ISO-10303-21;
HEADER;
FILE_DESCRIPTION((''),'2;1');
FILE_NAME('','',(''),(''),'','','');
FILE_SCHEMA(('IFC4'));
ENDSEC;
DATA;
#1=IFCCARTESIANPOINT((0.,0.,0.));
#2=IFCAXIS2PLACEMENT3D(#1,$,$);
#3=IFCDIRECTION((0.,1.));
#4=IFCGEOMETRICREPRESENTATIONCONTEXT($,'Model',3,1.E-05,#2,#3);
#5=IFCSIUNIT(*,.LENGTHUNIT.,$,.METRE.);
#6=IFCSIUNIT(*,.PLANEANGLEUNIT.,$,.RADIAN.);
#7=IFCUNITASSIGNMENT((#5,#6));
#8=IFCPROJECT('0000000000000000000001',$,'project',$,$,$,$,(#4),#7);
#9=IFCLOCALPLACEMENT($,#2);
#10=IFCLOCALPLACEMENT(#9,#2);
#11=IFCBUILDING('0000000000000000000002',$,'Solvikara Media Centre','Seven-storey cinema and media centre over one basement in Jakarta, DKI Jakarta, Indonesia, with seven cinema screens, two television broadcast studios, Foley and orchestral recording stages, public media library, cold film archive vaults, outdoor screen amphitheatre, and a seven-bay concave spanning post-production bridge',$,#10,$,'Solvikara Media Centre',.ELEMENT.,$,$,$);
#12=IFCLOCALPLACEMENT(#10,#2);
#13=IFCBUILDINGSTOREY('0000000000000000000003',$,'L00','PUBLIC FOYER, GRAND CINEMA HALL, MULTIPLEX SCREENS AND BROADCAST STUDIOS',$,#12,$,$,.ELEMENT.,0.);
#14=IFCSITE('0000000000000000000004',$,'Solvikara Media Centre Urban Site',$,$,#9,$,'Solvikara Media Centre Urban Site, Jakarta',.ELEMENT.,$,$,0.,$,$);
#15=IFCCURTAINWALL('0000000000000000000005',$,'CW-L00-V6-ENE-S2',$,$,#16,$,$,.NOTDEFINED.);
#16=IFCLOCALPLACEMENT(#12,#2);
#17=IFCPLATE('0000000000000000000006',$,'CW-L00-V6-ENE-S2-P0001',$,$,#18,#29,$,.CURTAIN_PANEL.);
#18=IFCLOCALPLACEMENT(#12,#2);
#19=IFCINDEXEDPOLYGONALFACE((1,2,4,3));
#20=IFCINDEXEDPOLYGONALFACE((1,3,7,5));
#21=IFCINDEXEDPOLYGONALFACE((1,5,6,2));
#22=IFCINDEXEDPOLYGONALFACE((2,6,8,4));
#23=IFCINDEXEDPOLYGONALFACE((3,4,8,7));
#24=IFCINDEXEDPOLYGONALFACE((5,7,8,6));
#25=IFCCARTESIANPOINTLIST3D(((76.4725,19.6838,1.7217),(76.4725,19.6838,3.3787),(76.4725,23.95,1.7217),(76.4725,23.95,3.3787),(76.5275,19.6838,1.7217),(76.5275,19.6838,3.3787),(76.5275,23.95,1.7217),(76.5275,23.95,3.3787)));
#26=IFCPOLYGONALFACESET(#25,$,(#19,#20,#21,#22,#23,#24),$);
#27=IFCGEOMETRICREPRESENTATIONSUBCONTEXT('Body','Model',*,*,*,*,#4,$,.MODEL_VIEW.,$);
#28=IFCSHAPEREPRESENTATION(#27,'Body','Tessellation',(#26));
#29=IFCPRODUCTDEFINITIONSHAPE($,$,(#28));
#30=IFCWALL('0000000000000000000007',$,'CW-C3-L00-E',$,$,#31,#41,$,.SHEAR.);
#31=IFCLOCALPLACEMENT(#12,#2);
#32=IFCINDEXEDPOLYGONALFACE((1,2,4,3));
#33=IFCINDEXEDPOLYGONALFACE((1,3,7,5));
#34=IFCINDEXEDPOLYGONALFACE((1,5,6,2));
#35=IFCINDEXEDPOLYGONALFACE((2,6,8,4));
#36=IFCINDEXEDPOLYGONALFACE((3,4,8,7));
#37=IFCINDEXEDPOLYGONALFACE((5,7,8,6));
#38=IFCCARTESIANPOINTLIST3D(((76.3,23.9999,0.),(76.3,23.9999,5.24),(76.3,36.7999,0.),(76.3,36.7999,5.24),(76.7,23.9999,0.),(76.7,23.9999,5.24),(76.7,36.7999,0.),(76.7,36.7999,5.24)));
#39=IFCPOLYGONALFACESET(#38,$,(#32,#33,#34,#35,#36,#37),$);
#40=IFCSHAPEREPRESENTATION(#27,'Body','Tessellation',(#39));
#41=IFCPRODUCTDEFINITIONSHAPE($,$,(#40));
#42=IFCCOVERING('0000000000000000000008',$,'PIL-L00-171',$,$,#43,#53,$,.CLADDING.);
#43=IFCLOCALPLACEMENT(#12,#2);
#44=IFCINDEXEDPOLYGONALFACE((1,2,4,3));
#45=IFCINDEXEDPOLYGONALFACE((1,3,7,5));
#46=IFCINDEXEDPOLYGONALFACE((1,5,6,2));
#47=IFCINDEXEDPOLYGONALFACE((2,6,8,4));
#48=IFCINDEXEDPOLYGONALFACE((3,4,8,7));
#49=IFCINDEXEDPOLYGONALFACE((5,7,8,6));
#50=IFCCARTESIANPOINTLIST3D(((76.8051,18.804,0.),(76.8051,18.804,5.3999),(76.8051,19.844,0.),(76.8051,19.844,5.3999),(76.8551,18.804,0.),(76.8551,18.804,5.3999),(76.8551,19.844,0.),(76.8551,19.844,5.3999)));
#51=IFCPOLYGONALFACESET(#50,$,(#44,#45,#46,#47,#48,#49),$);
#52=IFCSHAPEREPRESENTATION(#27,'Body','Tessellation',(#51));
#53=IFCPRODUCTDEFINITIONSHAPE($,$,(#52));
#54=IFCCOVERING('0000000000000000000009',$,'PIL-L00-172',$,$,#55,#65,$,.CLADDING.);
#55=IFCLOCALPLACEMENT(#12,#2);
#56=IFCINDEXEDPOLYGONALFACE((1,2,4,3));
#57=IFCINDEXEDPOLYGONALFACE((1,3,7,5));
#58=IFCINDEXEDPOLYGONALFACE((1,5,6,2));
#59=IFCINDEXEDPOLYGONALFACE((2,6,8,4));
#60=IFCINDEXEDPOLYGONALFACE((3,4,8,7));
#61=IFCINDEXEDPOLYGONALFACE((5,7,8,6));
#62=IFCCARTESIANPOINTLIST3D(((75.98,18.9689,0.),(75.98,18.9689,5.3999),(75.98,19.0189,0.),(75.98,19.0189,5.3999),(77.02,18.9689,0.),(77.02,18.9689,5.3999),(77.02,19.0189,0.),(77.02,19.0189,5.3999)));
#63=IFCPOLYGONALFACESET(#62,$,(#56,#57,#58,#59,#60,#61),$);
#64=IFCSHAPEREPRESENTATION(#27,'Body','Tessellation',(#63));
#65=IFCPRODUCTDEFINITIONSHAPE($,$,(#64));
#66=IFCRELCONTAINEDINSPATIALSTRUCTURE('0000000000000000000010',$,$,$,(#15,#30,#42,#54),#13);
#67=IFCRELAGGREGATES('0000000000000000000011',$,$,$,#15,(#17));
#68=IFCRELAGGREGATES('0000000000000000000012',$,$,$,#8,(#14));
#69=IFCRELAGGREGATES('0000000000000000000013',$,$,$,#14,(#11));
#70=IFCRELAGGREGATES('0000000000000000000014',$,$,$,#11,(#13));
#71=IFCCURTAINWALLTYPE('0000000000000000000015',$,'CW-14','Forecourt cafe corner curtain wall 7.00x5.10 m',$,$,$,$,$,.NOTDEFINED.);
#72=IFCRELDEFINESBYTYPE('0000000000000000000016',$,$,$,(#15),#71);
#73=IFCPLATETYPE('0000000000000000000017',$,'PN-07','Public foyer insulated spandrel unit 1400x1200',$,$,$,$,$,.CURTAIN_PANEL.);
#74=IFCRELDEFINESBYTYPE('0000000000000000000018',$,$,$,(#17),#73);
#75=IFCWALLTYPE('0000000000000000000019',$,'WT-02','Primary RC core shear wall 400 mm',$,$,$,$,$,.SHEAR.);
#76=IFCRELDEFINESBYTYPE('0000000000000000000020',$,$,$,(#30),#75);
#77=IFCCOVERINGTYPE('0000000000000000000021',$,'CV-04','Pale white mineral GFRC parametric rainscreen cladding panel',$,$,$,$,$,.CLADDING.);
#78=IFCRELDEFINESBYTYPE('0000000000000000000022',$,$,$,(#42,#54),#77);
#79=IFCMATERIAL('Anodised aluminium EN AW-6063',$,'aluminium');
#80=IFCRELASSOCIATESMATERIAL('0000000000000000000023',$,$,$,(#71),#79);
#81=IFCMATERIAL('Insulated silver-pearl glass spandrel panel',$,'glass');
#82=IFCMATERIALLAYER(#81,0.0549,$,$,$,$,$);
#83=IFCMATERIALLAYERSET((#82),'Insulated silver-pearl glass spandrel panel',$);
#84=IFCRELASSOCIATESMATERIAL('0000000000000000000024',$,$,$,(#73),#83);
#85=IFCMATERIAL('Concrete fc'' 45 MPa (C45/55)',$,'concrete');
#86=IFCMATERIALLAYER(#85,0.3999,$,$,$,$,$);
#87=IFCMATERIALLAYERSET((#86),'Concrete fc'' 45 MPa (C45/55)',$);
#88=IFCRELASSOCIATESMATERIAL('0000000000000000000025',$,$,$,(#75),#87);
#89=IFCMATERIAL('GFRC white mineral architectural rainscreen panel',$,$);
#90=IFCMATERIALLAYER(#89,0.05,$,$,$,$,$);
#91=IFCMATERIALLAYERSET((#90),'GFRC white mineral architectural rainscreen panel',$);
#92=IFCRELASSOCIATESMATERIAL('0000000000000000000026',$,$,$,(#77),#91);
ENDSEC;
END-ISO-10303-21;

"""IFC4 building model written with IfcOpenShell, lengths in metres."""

from ifc_helpers import new_model, si_unit, direction, frame, frame_2d, origin, origin_2d, place, context, subcontext, project, spatial, rectangle, extrude, material, layer, layer_set, type_object, element, aggregate, save


model = new_model("IFC4")

# Units and contexts
model_context = context("Model", 3, precision=1e-05, world=origin(), true_north=direction((0.0, 1.0)))
body_context = subcontext(model_context, "Body", "Model", "MODEL_VIEW")
ifc_project = project(units=[si_unit("LENGTHUNIT", "METRE"), si_unit("PLANEANGLEUNIT", "RADIAN")], contexts=[model_context])

# Site, building, storey
site_placement = place(None, origin())
site = spatial("IfcSite", under=ifc_project, at=site_placement, Name="Solvikara Media Centre Urban Site", LongName="Solvikara Media Centre Urban Site, Jakarta", CompositionType="ELEMENT", RefElevation=0.0)
building_placement = place(site_placement, origin())
building = spatial("IfcBuilding", under=site, at=building_placement, Name="Solvikara Media Centre", Description="Seven-storey cinema and media centre over one basement in Jakarta, DKI Jakarta, Indonesia, with seven cinema screens, two television broadcast studios, Foley and orchestral recording stages, public media library, cold film archive vaults, outdoor screen amphitheatre, and a seven-bay concave spanning post-production bridge", LongName="Solvikara Media Centre", CompositionType="ELEMENT")
storey_placement = place(building_placement, origin())
storey = spatial("IfcBuildingStorey", under=building, at=storey_placement, Name="L00", Description="PUBLIC FOYER, GRAND CINEMA HALL, MULTIPLEX SCREENS AND BROADCAST STUDIOS", CompositionType="ELEMENT", Elevation=0.0)

# Shared definitions
ifc_material_1 = material(Name="Concrete fc' 45 MPa (C45/55)", Category="concrete")

# Curtain wall
ifc_material_2 = material(Name="Anodised aluminium EN AW-6063", Category="aluminium")
curtain_wall_type = type_object("IfcCurtainWallType", Name="CW-14", Description="Forecourt cafe corner curtain wall 7.00x5.10 m", PredefinedType="NOTDEFINED", material=ifc_material_2)
curtain_wall_1_placement = place(storey_placement, origin())
curtain_wall_1 = element("IfcCurtainWall", 1, at=curtain_wall_1_placement, inside=storey, type_object=curtain_wall_type, Name="CW-L00-V6-ENE-S2", PredefinedType="NOTDEFINED")

# Plate
ifc_material_3 = material(Name="Insulated silver-pearl glass spandrel panel", Category="glass")
ifc_layer_1 = layer(ifc_material_3, 0.0549)
ifc_layer_set_1 = layer_set([ifc_layer_1], Name="Insulated silver-pearl glass spandrel panel")
plate_type_1 = type_object("IfcPlateType", Name="PN-07", Description="Public foyer insulated spandrel unit 1400x1200", PredefinedType="CURTAIN_PANEL", material=ifc_layer_set_1)
plate_1_placement = place(storey_placement, frame((76.5, 21.8169, 1.7217), z_axis=(0.0, 0.0, 1.0), x_axis=(0.0, 1.0, 0.0)))
plate_1 = element("IfcPlate", 2, at=plate_1_placement, type_object=plate_type_1, Name="CW-L00-V6-ENE-S2-P0001", PredefinedType="CURTAIN_PANEL", context=body_context, shape_type="SweptSolid", body=[
    extrude(rectangle(XDim=4.2661, YDim=0.0549, at=origin_2d()), origin(), (0.0, 0.0, 1.0), 1.657),
])
aggregate(curtain_wall_1, [plate_1])

# Wall
ifc_layer_2 = layer(ifc_material_1, 0.3999)
ifc_layer_set_2 = layer_set([ifc_layer_2], Name="Concrete fc' 45 MPa (C45/55)")
wall_type = type_object("IfcWallType", Name="WT-02", Description="Primary RC core shear wall 400 mm", PredefinedType="SHEAR", material=ifc_layer_set_2)
wall_placement = place(storey_placement, frame((76.5, 24.0, 0.0), z_axis=(0.0, 0.0, 1.0), x_axis=(0.0, 1.0, 0.0)))
element("IfcWall", 3, at=wall_placement, inside=storey, type_object=wall_type, Name="CW-C3-L00-E", PredefinedType="SHEAR", context=body_context, shape_type="SweptSolid", body=[
    extrude(rectangle(XDim=12.8, YDim=0.3999, at=frame_2d((6.3999, 0.0))), origin(), (0.0, 0.0, 1.0), 5.24),
])

# Coverings
ifc_material_4 = material(Name="GFRC white mineral architectural rainscreen panel")
ifc_layer_3 = layer(ifc_material_4, 0.05)
ifc_layer_set_3 = layer_set([ifc_layer_3], Name="GFRC white mineral architectural rainscreen panel")
covering_type = type_object("IfcCoveringType", Name="CV-04", Description="Pale white mineral GFRC parametric rainscreen cladding panel", PredefinedType="CLADDING", material=ifc_layer_set_3)
for number, where, z_axis, x_axis, name in (
    (4, (76.8301, 19.324, 0.0), (0.0, 0.0, 1.0), (0.0, 1.0, 0.0), "PIL-L00-171"),
    (5, (76.5, 18.9939, 0.0), (0.0, 0.0, 1.0), (1.0, 0.0, 0.0), "PIL-L00-172"),
):
    element("IfcCovering", number, at=place(storey_placement, frame(where, z_axis=z_axis, x_axis=x_axis)), inside=storey, type_object=covering_type, Name=name, PredefinedType="CLADDING", context=body_context, shape_type="SweptSolid", body=[
        extrude(rectangle(XDim=1.04, YDim=0.05, at=origin_2d()), origin(), (0.0, 0.0, 1.0), 5.3999),
    ])

save(model, "model.ifc")
